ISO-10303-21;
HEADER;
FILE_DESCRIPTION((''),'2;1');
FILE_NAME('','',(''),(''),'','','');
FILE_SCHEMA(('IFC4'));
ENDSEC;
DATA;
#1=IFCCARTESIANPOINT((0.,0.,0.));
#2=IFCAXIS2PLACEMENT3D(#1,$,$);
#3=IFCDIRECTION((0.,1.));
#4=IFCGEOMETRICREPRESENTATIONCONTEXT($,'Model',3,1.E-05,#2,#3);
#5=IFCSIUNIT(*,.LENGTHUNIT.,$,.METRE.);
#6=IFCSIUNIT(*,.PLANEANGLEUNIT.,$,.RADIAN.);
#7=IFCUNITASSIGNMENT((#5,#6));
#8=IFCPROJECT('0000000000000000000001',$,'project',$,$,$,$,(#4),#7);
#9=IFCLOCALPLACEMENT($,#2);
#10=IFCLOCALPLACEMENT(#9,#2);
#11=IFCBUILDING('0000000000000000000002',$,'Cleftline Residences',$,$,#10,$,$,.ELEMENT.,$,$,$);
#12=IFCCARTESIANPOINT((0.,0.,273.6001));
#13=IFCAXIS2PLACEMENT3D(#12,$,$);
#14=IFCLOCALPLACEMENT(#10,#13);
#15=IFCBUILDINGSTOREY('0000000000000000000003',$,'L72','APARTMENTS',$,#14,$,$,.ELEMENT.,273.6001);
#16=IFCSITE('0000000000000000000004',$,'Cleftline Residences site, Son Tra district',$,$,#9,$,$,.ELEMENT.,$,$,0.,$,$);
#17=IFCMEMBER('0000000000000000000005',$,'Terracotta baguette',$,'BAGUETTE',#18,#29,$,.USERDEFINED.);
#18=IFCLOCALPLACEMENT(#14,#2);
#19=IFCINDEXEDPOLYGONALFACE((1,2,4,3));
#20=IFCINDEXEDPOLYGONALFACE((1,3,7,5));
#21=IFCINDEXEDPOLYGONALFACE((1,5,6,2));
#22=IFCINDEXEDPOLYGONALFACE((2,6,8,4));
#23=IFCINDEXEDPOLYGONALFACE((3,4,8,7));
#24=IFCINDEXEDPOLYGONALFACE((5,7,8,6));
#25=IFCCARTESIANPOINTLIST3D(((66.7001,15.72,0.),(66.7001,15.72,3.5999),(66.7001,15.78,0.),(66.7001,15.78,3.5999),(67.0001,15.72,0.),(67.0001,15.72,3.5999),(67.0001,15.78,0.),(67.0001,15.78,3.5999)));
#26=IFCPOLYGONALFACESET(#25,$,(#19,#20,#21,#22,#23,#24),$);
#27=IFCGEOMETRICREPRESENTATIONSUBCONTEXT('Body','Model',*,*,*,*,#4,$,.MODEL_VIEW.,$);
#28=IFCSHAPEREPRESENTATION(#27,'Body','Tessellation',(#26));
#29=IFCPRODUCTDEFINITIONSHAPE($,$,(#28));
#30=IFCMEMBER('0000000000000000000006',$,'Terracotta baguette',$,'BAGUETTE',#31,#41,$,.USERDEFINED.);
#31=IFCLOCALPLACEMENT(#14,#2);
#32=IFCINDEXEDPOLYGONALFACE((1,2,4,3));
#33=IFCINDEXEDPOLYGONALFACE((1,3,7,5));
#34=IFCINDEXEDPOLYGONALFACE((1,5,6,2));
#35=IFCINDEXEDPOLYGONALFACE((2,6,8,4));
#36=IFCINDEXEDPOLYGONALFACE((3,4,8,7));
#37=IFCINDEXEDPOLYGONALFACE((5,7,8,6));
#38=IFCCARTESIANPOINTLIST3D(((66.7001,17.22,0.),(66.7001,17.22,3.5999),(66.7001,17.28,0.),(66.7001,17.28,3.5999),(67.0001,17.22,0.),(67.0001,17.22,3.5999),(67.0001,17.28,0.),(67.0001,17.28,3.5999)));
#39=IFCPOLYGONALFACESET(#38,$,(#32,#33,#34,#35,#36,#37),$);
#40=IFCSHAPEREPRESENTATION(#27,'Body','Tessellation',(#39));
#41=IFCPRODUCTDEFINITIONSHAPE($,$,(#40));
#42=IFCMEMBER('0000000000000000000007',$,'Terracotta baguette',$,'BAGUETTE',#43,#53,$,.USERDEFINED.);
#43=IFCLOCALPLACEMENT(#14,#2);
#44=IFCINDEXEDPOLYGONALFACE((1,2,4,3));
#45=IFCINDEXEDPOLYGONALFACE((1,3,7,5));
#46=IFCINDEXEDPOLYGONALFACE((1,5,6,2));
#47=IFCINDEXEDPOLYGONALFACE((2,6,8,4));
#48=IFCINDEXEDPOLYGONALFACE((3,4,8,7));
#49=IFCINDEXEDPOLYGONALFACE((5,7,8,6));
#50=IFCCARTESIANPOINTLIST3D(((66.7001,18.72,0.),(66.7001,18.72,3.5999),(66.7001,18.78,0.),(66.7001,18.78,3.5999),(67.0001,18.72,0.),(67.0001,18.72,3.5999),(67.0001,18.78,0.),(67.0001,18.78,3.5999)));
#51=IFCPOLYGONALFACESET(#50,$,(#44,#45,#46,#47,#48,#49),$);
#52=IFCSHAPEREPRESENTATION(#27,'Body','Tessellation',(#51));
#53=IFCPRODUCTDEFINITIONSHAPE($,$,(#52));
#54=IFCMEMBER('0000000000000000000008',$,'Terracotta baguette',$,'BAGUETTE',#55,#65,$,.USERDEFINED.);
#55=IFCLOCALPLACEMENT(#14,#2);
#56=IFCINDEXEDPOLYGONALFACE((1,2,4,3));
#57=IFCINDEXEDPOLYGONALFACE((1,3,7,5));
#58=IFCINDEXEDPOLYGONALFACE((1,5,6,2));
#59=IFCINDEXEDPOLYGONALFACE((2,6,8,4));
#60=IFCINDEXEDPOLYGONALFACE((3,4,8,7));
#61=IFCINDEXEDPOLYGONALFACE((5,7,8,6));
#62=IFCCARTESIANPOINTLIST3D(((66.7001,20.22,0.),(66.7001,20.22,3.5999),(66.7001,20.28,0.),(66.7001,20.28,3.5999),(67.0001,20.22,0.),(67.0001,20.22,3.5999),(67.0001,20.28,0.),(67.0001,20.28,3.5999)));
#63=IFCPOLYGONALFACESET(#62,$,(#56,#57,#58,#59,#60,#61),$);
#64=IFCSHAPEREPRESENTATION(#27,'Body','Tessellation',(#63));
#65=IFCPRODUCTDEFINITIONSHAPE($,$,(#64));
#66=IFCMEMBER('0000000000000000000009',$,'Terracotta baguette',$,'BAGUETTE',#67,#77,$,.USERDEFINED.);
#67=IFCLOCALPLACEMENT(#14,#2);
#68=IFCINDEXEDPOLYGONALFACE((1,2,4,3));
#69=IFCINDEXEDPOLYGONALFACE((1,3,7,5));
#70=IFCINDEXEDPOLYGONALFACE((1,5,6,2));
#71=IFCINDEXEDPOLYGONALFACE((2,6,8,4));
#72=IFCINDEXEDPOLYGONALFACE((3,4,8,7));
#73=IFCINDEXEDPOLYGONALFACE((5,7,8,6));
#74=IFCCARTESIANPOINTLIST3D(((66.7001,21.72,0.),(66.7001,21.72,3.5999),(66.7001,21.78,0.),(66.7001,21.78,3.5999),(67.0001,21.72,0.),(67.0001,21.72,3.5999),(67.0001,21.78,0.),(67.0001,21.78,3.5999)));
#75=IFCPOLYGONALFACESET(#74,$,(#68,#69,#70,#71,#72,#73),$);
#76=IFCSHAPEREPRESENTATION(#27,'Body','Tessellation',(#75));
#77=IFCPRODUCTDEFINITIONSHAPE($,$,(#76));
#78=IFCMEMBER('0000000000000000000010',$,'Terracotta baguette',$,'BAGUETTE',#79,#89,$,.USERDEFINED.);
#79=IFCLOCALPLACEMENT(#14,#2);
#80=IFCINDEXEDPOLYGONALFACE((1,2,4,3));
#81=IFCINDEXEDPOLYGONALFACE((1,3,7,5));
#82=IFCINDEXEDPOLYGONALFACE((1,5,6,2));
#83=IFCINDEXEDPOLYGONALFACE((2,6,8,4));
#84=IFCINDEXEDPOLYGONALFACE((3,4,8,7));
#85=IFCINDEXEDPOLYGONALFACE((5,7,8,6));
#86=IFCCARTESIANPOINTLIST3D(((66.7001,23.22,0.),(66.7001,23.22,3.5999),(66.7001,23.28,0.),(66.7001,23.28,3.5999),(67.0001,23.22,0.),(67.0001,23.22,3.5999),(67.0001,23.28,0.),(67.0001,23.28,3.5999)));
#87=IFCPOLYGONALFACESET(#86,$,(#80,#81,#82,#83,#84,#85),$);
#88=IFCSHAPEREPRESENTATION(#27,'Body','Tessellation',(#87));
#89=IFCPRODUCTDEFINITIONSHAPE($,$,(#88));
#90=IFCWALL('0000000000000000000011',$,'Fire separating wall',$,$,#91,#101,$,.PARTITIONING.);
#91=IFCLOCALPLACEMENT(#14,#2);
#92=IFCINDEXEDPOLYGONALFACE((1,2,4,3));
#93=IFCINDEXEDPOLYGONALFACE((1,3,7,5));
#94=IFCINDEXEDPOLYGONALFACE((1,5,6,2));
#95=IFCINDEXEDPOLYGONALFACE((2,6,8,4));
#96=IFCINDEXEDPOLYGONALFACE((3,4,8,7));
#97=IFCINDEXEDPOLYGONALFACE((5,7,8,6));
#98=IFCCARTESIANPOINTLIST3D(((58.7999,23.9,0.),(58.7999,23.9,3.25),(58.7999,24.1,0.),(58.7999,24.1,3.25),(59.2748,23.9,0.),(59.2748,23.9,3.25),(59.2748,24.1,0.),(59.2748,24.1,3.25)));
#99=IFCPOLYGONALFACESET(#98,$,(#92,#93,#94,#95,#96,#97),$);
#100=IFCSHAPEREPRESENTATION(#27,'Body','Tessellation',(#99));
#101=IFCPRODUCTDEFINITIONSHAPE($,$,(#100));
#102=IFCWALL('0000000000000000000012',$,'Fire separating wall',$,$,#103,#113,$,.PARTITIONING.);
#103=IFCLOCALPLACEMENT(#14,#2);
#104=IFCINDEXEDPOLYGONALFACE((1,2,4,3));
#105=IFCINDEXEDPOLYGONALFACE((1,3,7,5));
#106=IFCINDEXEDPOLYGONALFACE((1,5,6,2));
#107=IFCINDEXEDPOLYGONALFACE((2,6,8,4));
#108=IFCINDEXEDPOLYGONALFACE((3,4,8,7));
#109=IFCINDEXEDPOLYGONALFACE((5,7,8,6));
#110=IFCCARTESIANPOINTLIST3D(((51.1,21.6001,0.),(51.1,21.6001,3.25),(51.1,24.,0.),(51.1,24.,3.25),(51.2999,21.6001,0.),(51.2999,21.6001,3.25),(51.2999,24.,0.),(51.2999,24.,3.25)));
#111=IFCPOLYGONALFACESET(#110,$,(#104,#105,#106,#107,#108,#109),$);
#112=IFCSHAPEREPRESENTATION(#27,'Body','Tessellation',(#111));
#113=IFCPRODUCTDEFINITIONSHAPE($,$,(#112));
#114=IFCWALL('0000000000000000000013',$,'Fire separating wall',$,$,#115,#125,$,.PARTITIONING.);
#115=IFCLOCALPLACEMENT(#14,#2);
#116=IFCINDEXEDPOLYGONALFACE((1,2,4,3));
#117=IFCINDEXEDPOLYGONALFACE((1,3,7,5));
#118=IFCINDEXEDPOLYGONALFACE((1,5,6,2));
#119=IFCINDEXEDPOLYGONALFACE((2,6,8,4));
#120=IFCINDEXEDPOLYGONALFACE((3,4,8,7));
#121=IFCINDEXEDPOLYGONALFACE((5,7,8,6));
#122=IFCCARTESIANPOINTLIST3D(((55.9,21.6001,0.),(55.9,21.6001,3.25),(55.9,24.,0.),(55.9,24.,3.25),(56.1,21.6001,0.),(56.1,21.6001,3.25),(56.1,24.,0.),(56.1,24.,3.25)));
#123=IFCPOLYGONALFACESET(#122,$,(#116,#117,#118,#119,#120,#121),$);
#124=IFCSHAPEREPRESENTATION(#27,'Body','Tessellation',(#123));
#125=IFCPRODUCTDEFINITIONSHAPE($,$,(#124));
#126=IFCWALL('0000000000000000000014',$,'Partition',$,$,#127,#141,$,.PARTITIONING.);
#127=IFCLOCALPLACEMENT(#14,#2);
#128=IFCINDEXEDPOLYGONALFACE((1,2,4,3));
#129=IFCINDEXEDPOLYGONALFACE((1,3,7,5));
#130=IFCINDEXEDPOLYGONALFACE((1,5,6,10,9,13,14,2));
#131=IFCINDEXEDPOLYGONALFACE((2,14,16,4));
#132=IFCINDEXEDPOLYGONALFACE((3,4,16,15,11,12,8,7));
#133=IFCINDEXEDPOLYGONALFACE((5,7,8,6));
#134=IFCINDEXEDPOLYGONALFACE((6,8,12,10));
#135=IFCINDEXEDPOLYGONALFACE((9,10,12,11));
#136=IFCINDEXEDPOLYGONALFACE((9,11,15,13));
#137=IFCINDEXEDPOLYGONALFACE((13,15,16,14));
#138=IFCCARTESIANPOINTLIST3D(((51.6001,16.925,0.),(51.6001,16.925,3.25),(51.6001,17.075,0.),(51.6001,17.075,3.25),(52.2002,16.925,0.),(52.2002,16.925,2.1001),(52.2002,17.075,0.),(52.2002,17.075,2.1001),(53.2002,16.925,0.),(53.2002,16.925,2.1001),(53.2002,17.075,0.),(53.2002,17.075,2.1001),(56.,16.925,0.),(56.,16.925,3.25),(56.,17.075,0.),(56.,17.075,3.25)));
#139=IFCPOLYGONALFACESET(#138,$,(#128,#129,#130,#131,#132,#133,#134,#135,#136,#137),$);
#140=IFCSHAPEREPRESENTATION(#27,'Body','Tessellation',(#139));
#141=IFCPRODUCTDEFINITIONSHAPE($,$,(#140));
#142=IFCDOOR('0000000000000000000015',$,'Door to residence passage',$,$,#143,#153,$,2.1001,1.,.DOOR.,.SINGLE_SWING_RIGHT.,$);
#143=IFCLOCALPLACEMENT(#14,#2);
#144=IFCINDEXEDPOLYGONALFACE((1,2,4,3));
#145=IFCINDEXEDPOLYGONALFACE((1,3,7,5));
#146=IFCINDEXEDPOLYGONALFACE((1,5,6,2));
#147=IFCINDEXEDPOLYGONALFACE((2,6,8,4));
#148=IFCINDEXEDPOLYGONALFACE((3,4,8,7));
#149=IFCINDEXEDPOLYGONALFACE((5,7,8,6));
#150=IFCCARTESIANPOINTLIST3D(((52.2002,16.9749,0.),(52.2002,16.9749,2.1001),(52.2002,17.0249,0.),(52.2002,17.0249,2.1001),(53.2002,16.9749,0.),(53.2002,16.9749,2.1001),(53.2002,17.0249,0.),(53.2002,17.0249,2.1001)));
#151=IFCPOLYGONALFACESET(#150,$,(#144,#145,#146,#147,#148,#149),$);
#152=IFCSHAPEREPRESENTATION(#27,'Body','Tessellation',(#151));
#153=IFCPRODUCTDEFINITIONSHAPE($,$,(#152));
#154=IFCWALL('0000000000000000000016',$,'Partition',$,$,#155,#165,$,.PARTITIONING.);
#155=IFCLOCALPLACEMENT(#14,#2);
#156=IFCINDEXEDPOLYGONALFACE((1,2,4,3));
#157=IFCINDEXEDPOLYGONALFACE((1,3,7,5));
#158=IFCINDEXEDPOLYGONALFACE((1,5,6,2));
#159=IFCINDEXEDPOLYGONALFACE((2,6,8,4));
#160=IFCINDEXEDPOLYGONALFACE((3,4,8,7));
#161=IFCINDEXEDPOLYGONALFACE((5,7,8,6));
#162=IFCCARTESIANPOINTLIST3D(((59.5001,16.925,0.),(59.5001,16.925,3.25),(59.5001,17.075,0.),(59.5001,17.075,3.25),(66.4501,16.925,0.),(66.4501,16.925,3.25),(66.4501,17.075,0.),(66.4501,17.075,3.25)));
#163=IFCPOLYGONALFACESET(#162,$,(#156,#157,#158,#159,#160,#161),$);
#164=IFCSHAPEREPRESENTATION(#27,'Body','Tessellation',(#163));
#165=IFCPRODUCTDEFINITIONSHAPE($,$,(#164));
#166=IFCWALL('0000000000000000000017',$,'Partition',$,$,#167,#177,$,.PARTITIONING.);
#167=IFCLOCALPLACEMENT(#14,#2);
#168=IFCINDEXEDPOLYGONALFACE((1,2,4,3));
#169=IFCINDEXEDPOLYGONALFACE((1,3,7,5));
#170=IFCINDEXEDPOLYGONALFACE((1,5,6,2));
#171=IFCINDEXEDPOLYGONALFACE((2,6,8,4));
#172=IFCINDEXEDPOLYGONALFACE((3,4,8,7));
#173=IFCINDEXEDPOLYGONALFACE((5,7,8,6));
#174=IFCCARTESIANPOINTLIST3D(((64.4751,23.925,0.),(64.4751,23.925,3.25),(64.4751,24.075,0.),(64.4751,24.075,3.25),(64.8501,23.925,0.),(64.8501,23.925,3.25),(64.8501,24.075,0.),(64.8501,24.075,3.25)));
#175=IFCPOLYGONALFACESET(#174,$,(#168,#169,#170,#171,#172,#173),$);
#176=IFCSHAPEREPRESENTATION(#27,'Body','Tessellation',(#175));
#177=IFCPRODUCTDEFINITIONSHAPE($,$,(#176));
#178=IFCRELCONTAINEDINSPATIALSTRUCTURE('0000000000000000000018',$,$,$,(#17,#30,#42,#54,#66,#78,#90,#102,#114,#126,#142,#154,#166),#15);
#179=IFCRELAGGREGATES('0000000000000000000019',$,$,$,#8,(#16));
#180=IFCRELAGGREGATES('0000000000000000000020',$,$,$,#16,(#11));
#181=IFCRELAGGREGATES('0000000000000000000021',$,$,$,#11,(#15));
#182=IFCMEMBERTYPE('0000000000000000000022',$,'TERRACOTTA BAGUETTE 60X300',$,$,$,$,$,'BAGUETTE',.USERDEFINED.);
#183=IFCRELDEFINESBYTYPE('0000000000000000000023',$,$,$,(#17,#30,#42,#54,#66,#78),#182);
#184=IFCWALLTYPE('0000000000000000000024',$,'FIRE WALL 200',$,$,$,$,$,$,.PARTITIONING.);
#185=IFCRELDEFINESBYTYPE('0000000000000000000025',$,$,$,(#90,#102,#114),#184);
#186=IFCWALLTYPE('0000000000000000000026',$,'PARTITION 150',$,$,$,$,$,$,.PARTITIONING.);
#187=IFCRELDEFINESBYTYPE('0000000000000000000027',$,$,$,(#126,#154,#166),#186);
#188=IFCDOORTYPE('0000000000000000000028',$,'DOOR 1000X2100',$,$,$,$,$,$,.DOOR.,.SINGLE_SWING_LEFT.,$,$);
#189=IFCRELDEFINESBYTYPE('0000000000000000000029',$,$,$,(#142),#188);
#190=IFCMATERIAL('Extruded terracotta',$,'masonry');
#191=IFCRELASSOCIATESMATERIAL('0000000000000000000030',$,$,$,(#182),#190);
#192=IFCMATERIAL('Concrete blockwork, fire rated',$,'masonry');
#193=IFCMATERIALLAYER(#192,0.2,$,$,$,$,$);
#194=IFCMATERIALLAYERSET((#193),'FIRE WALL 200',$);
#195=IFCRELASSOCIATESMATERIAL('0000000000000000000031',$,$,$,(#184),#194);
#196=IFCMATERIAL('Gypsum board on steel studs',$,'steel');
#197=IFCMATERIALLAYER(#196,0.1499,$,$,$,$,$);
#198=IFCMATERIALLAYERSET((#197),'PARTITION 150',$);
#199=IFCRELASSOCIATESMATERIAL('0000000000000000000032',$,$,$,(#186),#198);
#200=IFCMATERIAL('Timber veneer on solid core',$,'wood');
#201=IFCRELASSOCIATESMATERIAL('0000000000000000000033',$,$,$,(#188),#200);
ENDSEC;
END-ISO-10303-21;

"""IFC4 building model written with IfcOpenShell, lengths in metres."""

from ifc_helpers import new_model, si_unit, direction, frame, frame_2d, origin, origin_2d, place, context, subcontext, project, spatial, rectangle, extrude, material, layer, layer_set, material_profile, profile_set, type_object, element, fill, save


model = new_model("IFC4")

# Units and contexts
model_context = context("Model", 3, precision=1e-05, world=origin(), true_north=direction((0.0, 1.0)))
body_context = subcontext(model_context, "Body", "Model", "MODEL_VIEW")
ifc_project = project(units=[si_unit("LENGTHUNIT", "METRE"), si_unit("PLANEANGLEUNIT", "RADIAN")], contexts=[model_context])

# Site, building, storey
site_placement = place(None, origin())
site = spatial("IfcSite", under=ifc_project, at=site_placement, Name="Cleftline Residences site, Son Tra district", CompositionType="ELEMENT", RefElevation=0.0)
building_placement = place(site_placement, origin())
building = spatial("IfcBuilding", under=site, at=building_placement, Name="Cleftline Residences", CompositionType="ELEMENT")
storey_placement = place(building_placement, frame((0.0, 0.0, 273.6001)))
storey = spatial("IfcBuildingStorey", under=building, at=storey_placement, Name="L72", Description="APARTMENTS", CompositionType="ELEMENT", Elevation=273.6001)

# Members
ifc_material_1 = material(Name="Extruded terracotta", Category="masonry")
ifc_material_profile_1 = material_profile(ifc_material_1, rectangle(XDim=0.0601, YDim=0.3, at=origin_2d()))
ifc_profile_set_1 = profile_set([ifc_material_profile_1], Name="Extruded terracotta")
member_type_1 = type_object("IfcMemberType", Name="TERRACOTTA BAGUETTE 60X300", ElementType="BAGUETTE", PredefinedType="USERDEFINED", material=ifc_profile_set_1)
for number, where, z_axis, x_axis, name in (
    (1, (66.8501, 15.75, 0.0), (0.0, 0.0, 1.0), (0.0, 1.0, 0.0), "Terracotta baguette"),
    (2, (66.8501, 17.25, 0.0), (0.0, 0.0, 1.0), (0.0, 1.0, 0.0), "Terracotta baguette"),
    (3, (66.8501, 18.75, 0.0), (0.0, 0.0, 1.0), (0.0, 1.0, 0.0), "Terracotta baguette"),
    (4, (66.8501, 20.25, 0.0), (0.0, 0.0, 1.0), (0.0, 1.0, 0.0), "Terracotta baguette"),
    (5, (66.8501, 21.75, 0.0), (0.0, 0.0, 1.0), (0.0, 1.0, 0.0), "Terracotta baguette"),
    (6, (66.8501, 23.25, 0.0), (0.0, 0.0, 1.0), (0.0, 1.0, 0.0), "Terracotta baguette"),
):
    element("IfcMember", number, at=place(storey_placement, frame(where, z_axis=z_axis, x_axis=x_axis)), inside=storey, type_object=member_type_1, Name=name, ObjectType="BAGUETTE", PredefinedType="USERDEFINED", context=body_context, shape_type="SweptSolid", body=[
        extrude(rectangle(XDim=0.0601, YDim=0.3, at=origin_2d()), origin(), (0.0, 0.0, 1.0), 3.5999),
    ])

# Walls
ifc_material_2 = material(Name="Concrete blockwork, fire rated", Category="masonry")
ifc_layer_1 = layer(ifc_material_2, 0.2)
ifc_layer_set_1 = layer_set([ifc_layer_1], Name="FIRE WALL 200")
wall_type_1 = type_object("IfcWallType", Name="FIRE WALL 200", PredefinedType="PARTITIONING", material=ifc_layer_set_1)
wall_1_placement = place(storey_placement, frame((58.8, 24.0, 0.0), z_axis=(0.0, 0.0, 1.0), x_axis=(1.0, 0.0, 0.0)))
element("IfcWall", 7, at=wall_1_placement, inside=storey, type_object=wall_type_1, Name="Fire separating wall", PredefinedType="PARTITIONING", context=body_context, shape_type="SweptSolid", body=[
    extrude(rectangle(XDim=0.4749, YDim=0.2, at=frame_2d((0.2373, 0.0))), origin(), (0.0, 0.0, 1.0), 3.25),
])
for number, where, z_axis, x_axis, name in (
    (8, (51.2, 21.6001, 0.0), (0.0, 0.0, 1.0), (0.0, 1.0, 0.0), "Fire separating wall"),
    (9, (56.0, 21.6001, 0.0), (0.0, 0.0, 1.0), (0.0, 1.0, 0.0), "Fire separating wall"),
):
    element("IfcWall", number, at=place(storey_placement, frame(where, z_axis=z_axis, x_axis=x_axis)), inside=storey, type_object=wall_type_1, Name=name, PredefinedType="PARTITIONING", context=body_context, shape_type="SweptSolid", body=[
        extrude(rectangle(XDim=2.3999, YDim=0.2, at=frame_2d((1.2, 0.0))), origin(), (0.0, 0.0, 1.0), 3.25),
    ])

# Wall, opening, door
ifc_material_3 = material(Name="Gypsum board on steel studs", Category="steel")
ifc_layer_2 = layer(ifc_material_3, 0.1499)
ifc_layer_set_2 = layer_set([ifc_layer_2], Name="PARTITION 150")
wall_type_2 = type_object("IfcWallType", Name="PARTITION 150", PredefinedType="PARTITIONING", material=ifc_layer_set_2)
wall_2_placement = place(storey_placement, frame((51.6001, 17.0, 0.0), z_axis=(0.0, 0.0, 1.0), x_axis=(1.0, 0.0, 0.0)))
wall_2 = element("IfcWall", 10, at=wall_2_placement, inside=storey, type_object=wall_type_2, Name="Partition", PredefinedType="PARTITIONING", context=body_context, shape_type="SweptSolid", body=[
    extrude(rectangle(XDim=4.3999, YDim=0.1499, at=frame_2d((2.2, 0.0))), origin(), (0.0, 0.0, 1.0), 3.25),
])
opening_1_placement = place(wall_2_placement, frame((0.6001, 0.0, 0.0)))
opening_1 = element("IfcOpeningElement", 11, at=opening_1_placement, cuts=wall_2, PredefinedType="OPENING", context=body_context, shape_type="SweptSolid", body=[
    extrude(rectangle(XDim=1.0, YDim=2.1001, at=frame_2d((0.5, 1.05))), frame((0.0, 0.085, 0.0), z_axis=(0.0, -1.0, 0.0), x_axis=(1.0, 0.0, 0.0)), (0.0, 0.0, 1.0), 0.1699),
])
ifc_material_4 = material(Name="Timber veneer on solid core", Category="wood")
door_type = type_object("IfcDoorType", Name="DOOR 1000X2100", OperationType="SINGLE_SWING_LEFT", PredefinedType="DOOR", material=ifc_material_4)
door_1_placement = place(opening_1_placement, origin())
door_1 = element("IfcDoor", 12, at=door_1_placement, inside=storey, type_object=door_type, Name="Door to residence passage", OperationType="SINGLE_SWING_RIGHT", OverallHeight=2.1001, OverallWidth=1.0, PredefinedType="DOOR", context=body_context, shape_type="SweptSolid", body=[
    extrude(rectangle(XDim=1.0, YDim=2.1001, at=frame_2d((0.5, 1.05))), frame((0.0, 0.0249, 0.0), z_axis=(0.0, -1.0, 0.0), x_axis=(1.0, 0.0, 0.0)), (0.0, 0.0, 1.0), 0.05),
])
fill(opening_1, door_1)

# Walls
wall_3_placement = place(storey_placement, frame((59.5, 17.0, 0.0), z_axis=(0.0, 0.0, 1.0), x_axis=(1.0, 0.0, 0.0)))
element("IfcWall", 13, at=wall_3_placement, inside=storey, type_object=wall_type_2, Name="Partition", PredefinedType="PARTITIONING", context=body_context, shape_type="SweptSolid", body=[
    extrude(rectangle(XDim=6.95, YDim=0.1499, at=frame_2d((3.4751, 0.0))), origin(), (0.0, 0.0, 1.0), 3.25),
])
wall_4_placement = place(storey_placement, frame((64.4751, 24.0, 0.0), z_axis=(0.0, 0.0, 1.0), x_axis=(1.0, 0.0, 0.0)))
element("IfcWall", 14, at=wall_4_placement, inside=storey, type_object=wall_type_2, Name="Partition", PredefinedType="PARTITIONING", context=body_context, shape_type="SweptSolid", body=[
    extrude(rectangle(XDim=0.375, YDim=0.1499, at=frame_2d((0.1875, 0.0))), origin(), (0.0, 0.0, 1.0), 3.25),
])

save(model, "model.ifc")
